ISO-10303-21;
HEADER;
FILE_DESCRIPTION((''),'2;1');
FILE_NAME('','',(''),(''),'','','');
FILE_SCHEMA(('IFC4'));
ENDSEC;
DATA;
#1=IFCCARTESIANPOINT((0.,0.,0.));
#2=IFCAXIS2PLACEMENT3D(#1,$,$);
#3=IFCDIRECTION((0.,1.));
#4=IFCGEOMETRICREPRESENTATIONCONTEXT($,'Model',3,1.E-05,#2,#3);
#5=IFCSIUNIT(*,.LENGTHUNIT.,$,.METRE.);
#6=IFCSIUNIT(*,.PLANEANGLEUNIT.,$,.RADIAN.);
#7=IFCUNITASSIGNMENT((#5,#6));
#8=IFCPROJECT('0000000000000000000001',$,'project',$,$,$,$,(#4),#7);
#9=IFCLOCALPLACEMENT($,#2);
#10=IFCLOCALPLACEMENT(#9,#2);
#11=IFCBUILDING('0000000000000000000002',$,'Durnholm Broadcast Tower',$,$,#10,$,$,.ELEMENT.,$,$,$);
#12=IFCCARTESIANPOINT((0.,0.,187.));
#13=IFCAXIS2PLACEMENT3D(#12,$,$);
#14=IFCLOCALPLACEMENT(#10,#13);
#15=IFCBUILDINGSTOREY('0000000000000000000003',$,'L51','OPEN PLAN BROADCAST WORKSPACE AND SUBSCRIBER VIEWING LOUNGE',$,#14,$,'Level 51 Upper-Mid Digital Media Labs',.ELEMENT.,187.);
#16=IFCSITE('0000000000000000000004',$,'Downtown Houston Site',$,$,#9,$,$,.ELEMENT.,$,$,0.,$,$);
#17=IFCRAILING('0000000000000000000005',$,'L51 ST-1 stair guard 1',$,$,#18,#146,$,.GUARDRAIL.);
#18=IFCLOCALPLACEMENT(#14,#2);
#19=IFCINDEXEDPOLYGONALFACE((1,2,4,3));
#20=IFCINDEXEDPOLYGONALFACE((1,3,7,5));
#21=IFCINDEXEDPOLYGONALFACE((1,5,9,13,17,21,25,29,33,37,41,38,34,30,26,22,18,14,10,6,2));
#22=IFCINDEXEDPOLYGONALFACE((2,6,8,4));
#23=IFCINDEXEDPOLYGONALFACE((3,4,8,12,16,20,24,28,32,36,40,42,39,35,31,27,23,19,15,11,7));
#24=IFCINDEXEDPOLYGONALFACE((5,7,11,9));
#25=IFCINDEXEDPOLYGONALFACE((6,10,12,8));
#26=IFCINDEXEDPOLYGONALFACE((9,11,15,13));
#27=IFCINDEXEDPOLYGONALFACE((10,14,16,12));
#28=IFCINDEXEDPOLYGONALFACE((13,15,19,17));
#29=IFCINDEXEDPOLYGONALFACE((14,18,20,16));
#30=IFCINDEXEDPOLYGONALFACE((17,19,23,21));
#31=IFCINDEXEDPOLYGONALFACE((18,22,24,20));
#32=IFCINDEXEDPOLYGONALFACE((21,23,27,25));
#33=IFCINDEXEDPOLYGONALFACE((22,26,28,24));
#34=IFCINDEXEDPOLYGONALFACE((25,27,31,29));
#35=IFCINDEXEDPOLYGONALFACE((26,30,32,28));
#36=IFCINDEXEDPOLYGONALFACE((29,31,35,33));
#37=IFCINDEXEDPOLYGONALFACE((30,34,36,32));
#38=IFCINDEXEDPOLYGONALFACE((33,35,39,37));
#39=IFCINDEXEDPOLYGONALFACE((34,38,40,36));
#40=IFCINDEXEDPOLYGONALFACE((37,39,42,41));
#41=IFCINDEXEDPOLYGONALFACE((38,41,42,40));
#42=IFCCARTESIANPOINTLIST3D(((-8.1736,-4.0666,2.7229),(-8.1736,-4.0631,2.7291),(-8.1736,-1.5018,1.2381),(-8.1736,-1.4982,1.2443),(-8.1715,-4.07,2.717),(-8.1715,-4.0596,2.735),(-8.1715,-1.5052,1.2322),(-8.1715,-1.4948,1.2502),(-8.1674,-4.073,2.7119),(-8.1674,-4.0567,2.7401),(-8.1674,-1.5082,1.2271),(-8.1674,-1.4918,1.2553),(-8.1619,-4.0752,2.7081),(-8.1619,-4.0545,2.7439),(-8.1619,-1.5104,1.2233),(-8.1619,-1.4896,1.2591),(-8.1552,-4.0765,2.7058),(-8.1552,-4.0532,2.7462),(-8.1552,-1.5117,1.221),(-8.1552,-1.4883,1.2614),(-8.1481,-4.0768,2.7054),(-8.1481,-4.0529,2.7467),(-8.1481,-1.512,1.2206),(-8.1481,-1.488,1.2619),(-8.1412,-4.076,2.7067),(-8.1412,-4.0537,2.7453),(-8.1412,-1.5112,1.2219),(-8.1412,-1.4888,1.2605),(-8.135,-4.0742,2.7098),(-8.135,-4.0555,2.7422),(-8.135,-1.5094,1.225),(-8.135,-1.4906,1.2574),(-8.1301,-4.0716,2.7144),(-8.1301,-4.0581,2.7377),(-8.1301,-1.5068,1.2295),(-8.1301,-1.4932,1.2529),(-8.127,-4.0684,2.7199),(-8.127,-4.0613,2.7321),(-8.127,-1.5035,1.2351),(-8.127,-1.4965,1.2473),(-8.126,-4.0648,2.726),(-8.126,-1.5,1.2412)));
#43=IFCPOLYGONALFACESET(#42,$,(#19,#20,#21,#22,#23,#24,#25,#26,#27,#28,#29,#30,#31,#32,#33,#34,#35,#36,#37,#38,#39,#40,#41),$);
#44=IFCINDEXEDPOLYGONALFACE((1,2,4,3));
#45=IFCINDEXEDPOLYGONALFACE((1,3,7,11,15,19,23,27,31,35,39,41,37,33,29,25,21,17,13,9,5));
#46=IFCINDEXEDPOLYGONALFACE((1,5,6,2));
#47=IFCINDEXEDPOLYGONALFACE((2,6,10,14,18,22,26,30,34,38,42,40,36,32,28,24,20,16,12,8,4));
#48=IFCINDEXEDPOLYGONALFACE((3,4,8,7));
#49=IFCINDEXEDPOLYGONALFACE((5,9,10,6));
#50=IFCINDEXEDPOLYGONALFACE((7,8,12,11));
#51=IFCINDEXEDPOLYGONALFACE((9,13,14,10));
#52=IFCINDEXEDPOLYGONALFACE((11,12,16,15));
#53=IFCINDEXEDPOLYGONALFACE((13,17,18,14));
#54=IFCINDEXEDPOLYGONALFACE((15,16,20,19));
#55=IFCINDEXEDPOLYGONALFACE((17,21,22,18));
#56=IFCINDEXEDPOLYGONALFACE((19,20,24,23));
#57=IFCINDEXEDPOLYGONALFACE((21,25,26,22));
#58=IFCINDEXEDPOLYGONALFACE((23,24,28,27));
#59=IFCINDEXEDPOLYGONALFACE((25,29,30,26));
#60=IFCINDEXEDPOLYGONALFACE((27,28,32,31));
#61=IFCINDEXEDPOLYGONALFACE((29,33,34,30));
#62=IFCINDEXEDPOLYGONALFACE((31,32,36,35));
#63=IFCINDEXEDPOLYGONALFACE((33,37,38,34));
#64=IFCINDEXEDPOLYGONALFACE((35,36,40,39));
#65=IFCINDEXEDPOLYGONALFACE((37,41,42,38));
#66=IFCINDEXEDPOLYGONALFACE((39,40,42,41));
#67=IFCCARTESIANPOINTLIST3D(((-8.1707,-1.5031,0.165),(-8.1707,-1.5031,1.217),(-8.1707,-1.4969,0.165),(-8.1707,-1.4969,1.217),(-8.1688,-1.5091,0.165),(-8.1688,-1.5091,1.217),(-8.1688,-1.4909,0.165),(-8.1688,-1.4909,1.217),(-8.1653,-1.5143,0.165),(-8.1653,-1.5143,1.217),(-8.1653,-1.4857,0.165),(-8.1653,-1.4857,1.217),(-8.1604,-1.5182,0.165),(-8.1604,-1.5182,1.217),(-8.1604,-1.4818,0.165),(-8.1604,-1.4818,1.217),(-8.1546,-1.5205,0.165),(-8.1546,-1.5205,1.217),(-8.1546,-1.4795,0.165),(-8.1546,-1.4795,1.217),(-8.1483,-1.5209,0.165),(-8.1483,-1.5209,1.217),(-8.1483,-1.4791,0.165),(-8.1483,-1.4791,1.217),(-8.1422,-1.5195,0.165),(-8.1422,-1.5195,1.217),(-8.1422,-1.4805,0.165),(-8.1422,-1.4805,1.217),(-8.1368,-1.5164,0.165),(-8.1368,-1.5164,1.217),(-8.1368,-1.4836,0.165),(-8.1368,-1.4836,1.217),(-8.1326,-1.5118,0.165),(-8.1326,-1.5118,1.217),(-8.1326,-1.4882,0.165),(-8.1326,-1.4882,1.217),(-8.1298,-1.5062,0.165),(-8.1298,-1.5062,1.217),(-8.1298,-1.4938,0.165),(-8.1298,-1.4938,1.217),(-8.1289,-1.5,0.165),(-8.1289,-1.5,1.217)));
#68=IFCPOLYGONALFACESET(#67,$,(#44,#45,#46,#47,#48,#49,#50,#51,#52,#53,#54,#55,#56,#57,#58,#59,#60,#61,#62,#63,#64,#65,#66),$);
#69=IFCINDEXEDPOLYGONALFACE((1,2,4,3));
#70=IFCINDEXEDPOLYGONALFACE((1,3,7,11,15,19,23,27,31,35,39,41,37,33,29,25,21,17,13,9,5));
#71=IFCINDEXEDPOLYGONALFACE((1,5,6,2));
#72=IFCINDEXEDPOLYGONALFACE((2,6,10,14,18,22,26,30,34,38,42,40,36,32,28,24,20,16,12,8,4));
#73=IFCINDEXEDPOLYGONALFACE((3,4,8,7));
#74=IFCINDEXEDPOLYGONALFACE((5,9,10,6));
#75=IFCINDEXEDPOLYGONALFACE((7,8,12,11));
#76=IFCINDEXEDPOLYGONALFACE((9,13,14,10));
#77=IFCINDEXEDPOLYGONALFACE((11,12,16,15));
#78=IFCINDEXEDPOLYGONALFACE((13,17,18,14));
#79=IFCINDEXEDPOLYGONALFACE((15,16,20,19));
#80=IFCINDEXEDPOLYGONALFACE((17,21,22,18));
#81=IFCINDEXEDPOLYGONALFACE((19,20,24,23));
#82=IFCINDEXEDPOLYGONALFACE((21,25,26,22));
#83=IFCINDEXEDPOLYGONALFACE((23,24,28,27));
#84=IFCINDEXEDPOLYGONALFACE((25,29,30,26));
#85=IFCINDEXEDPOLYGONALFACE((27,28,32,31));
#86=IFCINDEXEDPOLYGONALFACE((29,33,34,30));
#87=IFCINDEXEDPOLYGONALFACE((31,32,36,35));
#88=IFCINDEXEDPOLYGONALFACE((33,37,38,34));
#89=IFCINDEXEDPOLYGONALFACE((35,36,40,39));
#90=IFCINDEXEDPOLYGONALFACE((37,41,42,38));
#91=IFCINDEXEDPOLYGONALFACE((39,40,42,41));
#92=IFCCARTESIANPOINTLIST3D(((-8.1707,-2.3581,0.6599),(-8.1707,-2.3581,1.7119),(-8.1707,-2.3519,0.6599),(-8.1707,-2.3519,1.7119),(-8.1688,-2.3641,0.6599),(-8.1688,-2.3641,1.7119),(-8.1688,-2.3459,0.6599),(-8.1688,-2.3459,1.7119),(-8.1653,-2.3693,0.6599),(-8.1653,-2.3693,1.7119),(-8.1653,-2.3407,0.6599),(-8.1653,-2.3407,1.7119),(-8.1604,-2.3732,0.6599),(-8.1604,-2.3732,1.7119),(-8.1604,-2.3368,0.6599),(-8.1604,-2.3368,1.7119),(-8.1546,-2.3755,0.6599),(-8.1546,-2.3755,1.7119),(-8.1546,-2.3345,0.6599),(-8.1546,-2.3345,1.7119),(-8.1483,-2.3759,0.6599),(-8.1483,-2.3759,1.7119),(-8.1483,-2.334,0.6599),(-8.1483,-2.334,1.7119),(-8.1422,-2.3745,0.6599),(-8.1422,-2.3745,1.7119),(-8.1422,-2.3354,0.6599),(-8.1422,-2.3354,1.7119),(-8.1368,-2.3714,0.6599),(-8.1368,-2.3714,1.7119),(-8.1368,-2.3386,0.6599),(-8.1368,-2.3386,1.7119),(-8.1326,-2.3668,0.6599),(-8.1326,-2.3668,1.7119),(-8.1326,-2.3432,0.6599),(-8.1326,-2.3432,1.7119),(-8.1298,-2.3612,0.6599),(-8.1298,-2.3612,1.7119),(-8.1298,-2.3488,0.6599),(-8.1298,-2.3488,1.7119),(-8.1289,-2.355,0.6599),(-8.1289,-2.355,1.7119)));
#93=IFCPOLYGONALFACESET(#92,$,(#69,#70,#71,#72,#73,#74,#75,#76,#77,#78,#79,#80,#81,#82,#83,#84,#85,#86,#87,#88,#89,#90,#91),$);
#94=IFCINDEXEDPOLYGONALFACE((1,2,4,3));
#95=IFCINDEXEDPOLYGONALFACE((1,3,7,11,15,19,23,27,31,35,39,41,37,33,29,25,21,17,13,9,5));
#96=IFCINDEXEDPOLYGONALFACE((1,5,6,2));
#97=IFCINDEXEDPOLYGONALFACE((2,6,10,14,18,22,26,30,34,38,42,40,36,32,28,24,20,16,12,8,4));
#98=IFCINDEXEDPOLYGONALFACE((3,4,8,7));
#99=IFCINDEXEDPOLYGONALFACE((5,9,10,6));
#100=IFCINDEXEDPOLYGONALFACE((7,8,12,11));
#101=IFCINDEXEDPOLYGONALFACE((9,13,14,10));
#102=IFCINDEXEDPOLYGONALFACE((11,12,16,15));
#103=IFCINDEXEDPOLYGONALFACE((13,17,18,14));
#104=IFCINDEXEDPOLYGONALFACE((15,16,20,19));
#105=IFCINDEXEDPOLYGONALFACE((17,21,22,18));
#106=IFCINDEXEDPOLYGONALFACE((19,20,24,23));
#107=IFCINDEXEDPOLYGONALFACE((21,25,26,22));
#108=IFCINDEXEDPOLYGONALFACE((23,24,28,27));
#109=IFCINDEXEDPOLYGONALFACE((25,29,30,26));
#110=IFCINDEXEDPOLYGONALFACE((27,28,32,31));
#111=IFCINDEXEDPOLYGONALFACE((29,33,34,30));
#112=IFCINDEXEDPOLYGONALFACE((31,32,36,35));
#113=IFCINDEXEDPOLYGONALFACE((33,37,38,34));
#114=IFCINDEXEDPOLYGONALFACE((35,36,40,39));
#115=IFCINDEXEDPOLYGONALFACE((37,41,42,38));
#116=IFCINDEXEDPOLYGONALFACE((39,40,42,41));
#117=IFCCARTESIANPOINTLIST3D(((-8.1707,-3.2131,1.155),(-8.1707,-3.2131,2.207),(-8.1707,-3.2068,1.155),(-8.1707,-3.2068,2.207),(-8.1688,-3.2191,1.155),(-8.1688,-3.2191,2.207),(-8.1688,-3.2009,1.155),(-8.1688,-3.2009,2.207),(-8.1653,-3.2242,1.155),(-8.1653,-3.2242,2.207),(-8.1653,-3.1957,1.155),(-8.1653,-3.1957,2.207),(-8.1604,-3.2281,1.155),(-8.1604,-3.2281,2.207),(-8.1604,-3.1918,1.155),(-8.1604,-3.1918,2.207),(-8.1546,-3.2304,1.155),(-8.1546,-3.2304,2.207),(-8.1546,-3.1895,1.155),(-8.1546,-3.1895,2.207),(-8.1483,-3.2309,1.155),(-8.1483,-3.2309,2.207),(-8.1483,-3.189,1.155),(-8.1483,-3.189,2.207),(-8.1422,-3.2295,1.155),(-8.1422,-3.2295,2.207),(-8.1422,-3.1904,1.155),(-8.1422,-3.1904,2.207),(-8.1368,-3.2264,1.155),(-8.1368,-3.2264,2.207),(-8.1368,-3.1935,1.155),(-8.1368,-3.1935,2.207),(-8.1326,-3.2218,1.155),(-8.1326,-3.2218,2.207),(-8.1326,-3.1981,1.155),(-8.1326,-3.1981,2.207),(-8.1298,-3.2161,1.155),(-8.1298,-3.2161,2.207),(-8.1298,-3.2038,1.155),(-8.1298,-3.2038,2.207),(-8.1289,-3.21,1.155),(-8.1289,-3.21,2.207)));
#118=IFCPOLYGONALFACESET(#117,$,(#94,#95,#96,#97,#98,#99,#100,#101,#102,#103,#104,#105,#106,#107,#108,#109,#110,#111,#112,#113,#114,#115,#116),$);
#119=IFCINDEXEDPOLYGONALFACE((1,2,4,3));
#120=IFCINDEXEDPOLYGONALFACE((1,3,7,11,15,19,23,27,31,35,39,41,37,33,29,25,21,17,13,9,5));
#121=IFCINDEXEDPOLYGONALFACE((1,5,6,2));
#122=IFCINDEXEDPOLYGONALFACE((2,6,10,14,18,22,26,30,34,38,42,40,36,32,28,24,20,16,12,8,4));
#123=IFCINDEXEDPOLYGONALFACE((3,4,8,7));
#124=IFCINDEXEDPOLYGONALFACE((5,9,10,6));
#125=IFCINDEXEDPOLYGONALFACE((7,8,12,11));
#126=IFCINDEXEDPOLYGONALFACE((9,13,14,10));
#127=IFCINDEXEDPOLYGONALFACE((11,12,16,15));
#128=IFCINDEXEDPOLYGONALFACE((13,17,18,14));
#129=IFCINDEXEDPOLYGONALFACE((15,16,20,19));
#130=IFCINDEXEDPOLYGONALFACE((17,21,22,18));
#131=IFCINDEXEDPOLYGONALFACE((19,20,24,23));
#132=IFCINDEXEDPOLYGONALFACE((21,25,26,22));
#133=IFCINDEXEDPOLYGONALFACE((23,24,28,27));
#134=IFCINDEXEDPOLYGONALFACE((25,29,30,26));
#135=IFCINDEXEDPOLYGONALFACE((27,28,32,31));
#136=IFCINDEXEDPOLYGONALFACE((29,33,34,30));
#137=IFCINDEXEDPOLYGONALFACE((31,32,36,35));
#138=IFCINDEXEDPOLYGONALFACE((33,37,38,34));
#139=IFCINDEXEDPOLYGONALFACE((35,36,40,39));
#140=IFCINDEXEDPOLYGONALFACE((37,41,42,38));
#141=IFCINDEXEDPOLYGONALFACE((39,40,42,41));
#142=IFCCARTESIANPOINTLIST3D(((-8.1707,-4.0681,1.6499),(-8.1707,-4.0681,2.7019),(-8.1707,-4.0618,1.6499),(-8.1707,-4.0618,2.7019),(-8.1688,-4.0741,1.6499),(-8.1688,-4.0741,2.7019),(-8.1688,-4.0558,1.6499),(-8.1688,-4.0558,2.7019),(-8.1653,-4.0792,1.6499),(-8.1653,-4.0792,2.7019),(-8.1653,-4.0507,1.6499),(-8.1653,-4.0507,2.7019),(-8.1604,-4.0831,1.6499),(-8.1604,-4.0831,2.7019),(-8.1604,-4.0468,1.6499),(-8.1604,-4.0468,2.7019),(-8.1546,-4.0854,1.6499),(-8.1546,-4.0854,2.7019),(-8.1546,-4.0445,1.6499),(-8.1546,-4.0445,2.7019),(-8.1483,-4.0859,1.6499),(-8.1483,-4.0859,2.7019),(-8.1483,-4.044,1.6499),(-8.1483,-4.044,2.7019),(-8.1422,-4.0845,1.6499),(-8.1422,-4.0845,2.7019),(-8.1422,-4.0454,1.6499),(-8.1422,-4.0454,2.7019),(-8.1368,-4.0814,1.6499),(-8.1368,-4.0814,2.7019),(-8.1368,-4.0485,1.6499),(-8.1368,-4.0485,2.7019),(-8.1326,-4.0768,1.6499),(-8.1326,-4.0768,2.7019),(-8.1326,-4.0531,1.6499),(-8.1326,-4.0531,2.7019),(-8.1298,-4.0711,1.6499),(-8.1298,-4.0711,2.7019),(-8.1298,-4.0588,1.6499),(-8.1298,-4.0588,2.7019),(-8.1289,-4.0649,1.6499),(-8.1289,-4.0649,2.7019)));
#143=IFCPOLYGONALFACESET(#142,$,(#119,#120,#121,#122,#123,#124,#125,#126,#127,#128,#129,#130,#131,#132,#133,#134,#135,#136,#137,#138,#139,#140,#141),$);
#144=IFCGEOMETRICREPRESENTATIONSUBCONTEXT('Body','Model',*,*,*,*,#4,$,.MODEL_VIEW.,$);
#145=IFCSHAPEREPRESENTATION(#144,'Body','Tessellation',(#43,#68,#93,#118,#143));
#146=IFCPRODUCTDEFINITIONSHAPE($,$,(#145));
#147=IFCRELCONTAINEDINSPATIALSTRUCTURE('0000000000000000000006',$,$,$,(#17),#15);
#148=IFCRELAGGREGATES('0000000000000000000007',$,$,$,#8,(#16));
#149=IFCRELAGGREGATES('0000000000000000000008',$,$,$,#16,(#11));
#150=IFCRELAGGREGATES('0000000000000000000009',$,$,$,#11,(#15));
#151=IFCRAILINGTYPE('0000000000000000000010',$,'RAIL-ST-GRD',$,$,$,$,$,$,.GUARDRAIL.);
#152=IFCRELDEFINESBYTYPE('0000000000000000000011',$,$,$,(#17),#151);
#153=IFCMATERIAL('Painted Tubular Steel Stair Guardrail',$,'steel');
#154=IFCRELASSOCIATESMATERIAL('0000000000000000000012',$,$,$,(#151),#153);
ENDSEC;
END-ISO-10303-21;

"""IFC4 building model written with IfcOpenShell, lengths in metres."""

from ifc_helpers import new_model, si_unit, direction, frame, origin, origin_2d, place, context, subcontext, project, spatial, circle, extrude, material, type_object, element, save


model = new_model("IFC4")

# Units and contexts
model_context = context("Model", 3, precision=1e-05, world=origin(), true_north=direction((0.0, 1.0)))
body_context = subcontext(model_context, "Body", "Model", "MODEL_VIEW")
ifc_project = project(units=[si_unit("LENGTHUNIT", "METRE"), si_unit("PLANEANGLEUNIT", "RADIAN")], contexts=[model_context])

# Site, building, storey
site_placement = place(None, origin())
site = spatial("IfcSite", under=ifc_project, at=site_placement, Name="Downtown Houston Site", CompositionType="ELEMENT", RefElevation=0.0)
building_placement = place(site_placement, origin())
building = spatial("IfcBuilding", under=site, at=building_placement, Name="Durnholm Broadcast Tower", CompositionType="ELEMENT")
storey_placement = place(building_placement, frame((0.0, 0.0, 187.0)))
storey = spatial("IfcBuildingStorey", under=building, at=storey_placement, Name="L51", Description="OPEN PLAN BROADCAST WORKSPACE AND SUBSCRIBER VIEWING LOUNGE", LongName="Level 51 Upper-Mid Digital Media Labs", CompositionType="ELEMENT", Elevation=187.0)

# Railing
ifc_material_1 = material(Name="Painted Tubular Steel Stair Guardrail", Category="steel")
railing_type_1 = type_object("IfcRailingType", Name="RAIL-ST-GRD", PredefinedType="GUARDRAIL", material=ifc_material_1)
railing_1_placement = place(storey_placement, frame((-8.1499, -1.5, 0.165)))
element("IfcRailing", 1, at=railing_1_placement, inside=storey, type_object=railing_type_1, Name="L51 ST-1 stair guard 1", PredefinedType="GUARDRAIL", context=body_context, shape_type="SweptSolid", body=[
    extrude(circle(Radius=0.0239, at=origin_2d()), frame((0.0, 0.0, 1.0762), z_axis=(0.0, -0.865441, 0.50101), x_axis=(1.0, 0.0, 0.0)), (0.0, 0.0, 1.0), 2.9636),
    extrude(circle(Radius=0.021, at=origin_2d()), origin(), (0.0, 0.0, 1.0), 1.052),
    extrude(circle(Radius=0.021, at=origin_2d()), frame((0.0, -0.855, 0.4949)), (0.0, 0.0, 1.0), 1.052),
    extrude(circle(Radius=0.021, at=origin_2d()), frame((0.0, -1.71, 0.99)), (0.0, 0.0, 1.0), 1.052),
    extrude(circle(Radius=0.021, at=origin_2d()), frame((0.0, -2.5649, 1.4849)), (0.0, 0.0, 1.0), 1.052),
])

save(model, "model.ifc")
